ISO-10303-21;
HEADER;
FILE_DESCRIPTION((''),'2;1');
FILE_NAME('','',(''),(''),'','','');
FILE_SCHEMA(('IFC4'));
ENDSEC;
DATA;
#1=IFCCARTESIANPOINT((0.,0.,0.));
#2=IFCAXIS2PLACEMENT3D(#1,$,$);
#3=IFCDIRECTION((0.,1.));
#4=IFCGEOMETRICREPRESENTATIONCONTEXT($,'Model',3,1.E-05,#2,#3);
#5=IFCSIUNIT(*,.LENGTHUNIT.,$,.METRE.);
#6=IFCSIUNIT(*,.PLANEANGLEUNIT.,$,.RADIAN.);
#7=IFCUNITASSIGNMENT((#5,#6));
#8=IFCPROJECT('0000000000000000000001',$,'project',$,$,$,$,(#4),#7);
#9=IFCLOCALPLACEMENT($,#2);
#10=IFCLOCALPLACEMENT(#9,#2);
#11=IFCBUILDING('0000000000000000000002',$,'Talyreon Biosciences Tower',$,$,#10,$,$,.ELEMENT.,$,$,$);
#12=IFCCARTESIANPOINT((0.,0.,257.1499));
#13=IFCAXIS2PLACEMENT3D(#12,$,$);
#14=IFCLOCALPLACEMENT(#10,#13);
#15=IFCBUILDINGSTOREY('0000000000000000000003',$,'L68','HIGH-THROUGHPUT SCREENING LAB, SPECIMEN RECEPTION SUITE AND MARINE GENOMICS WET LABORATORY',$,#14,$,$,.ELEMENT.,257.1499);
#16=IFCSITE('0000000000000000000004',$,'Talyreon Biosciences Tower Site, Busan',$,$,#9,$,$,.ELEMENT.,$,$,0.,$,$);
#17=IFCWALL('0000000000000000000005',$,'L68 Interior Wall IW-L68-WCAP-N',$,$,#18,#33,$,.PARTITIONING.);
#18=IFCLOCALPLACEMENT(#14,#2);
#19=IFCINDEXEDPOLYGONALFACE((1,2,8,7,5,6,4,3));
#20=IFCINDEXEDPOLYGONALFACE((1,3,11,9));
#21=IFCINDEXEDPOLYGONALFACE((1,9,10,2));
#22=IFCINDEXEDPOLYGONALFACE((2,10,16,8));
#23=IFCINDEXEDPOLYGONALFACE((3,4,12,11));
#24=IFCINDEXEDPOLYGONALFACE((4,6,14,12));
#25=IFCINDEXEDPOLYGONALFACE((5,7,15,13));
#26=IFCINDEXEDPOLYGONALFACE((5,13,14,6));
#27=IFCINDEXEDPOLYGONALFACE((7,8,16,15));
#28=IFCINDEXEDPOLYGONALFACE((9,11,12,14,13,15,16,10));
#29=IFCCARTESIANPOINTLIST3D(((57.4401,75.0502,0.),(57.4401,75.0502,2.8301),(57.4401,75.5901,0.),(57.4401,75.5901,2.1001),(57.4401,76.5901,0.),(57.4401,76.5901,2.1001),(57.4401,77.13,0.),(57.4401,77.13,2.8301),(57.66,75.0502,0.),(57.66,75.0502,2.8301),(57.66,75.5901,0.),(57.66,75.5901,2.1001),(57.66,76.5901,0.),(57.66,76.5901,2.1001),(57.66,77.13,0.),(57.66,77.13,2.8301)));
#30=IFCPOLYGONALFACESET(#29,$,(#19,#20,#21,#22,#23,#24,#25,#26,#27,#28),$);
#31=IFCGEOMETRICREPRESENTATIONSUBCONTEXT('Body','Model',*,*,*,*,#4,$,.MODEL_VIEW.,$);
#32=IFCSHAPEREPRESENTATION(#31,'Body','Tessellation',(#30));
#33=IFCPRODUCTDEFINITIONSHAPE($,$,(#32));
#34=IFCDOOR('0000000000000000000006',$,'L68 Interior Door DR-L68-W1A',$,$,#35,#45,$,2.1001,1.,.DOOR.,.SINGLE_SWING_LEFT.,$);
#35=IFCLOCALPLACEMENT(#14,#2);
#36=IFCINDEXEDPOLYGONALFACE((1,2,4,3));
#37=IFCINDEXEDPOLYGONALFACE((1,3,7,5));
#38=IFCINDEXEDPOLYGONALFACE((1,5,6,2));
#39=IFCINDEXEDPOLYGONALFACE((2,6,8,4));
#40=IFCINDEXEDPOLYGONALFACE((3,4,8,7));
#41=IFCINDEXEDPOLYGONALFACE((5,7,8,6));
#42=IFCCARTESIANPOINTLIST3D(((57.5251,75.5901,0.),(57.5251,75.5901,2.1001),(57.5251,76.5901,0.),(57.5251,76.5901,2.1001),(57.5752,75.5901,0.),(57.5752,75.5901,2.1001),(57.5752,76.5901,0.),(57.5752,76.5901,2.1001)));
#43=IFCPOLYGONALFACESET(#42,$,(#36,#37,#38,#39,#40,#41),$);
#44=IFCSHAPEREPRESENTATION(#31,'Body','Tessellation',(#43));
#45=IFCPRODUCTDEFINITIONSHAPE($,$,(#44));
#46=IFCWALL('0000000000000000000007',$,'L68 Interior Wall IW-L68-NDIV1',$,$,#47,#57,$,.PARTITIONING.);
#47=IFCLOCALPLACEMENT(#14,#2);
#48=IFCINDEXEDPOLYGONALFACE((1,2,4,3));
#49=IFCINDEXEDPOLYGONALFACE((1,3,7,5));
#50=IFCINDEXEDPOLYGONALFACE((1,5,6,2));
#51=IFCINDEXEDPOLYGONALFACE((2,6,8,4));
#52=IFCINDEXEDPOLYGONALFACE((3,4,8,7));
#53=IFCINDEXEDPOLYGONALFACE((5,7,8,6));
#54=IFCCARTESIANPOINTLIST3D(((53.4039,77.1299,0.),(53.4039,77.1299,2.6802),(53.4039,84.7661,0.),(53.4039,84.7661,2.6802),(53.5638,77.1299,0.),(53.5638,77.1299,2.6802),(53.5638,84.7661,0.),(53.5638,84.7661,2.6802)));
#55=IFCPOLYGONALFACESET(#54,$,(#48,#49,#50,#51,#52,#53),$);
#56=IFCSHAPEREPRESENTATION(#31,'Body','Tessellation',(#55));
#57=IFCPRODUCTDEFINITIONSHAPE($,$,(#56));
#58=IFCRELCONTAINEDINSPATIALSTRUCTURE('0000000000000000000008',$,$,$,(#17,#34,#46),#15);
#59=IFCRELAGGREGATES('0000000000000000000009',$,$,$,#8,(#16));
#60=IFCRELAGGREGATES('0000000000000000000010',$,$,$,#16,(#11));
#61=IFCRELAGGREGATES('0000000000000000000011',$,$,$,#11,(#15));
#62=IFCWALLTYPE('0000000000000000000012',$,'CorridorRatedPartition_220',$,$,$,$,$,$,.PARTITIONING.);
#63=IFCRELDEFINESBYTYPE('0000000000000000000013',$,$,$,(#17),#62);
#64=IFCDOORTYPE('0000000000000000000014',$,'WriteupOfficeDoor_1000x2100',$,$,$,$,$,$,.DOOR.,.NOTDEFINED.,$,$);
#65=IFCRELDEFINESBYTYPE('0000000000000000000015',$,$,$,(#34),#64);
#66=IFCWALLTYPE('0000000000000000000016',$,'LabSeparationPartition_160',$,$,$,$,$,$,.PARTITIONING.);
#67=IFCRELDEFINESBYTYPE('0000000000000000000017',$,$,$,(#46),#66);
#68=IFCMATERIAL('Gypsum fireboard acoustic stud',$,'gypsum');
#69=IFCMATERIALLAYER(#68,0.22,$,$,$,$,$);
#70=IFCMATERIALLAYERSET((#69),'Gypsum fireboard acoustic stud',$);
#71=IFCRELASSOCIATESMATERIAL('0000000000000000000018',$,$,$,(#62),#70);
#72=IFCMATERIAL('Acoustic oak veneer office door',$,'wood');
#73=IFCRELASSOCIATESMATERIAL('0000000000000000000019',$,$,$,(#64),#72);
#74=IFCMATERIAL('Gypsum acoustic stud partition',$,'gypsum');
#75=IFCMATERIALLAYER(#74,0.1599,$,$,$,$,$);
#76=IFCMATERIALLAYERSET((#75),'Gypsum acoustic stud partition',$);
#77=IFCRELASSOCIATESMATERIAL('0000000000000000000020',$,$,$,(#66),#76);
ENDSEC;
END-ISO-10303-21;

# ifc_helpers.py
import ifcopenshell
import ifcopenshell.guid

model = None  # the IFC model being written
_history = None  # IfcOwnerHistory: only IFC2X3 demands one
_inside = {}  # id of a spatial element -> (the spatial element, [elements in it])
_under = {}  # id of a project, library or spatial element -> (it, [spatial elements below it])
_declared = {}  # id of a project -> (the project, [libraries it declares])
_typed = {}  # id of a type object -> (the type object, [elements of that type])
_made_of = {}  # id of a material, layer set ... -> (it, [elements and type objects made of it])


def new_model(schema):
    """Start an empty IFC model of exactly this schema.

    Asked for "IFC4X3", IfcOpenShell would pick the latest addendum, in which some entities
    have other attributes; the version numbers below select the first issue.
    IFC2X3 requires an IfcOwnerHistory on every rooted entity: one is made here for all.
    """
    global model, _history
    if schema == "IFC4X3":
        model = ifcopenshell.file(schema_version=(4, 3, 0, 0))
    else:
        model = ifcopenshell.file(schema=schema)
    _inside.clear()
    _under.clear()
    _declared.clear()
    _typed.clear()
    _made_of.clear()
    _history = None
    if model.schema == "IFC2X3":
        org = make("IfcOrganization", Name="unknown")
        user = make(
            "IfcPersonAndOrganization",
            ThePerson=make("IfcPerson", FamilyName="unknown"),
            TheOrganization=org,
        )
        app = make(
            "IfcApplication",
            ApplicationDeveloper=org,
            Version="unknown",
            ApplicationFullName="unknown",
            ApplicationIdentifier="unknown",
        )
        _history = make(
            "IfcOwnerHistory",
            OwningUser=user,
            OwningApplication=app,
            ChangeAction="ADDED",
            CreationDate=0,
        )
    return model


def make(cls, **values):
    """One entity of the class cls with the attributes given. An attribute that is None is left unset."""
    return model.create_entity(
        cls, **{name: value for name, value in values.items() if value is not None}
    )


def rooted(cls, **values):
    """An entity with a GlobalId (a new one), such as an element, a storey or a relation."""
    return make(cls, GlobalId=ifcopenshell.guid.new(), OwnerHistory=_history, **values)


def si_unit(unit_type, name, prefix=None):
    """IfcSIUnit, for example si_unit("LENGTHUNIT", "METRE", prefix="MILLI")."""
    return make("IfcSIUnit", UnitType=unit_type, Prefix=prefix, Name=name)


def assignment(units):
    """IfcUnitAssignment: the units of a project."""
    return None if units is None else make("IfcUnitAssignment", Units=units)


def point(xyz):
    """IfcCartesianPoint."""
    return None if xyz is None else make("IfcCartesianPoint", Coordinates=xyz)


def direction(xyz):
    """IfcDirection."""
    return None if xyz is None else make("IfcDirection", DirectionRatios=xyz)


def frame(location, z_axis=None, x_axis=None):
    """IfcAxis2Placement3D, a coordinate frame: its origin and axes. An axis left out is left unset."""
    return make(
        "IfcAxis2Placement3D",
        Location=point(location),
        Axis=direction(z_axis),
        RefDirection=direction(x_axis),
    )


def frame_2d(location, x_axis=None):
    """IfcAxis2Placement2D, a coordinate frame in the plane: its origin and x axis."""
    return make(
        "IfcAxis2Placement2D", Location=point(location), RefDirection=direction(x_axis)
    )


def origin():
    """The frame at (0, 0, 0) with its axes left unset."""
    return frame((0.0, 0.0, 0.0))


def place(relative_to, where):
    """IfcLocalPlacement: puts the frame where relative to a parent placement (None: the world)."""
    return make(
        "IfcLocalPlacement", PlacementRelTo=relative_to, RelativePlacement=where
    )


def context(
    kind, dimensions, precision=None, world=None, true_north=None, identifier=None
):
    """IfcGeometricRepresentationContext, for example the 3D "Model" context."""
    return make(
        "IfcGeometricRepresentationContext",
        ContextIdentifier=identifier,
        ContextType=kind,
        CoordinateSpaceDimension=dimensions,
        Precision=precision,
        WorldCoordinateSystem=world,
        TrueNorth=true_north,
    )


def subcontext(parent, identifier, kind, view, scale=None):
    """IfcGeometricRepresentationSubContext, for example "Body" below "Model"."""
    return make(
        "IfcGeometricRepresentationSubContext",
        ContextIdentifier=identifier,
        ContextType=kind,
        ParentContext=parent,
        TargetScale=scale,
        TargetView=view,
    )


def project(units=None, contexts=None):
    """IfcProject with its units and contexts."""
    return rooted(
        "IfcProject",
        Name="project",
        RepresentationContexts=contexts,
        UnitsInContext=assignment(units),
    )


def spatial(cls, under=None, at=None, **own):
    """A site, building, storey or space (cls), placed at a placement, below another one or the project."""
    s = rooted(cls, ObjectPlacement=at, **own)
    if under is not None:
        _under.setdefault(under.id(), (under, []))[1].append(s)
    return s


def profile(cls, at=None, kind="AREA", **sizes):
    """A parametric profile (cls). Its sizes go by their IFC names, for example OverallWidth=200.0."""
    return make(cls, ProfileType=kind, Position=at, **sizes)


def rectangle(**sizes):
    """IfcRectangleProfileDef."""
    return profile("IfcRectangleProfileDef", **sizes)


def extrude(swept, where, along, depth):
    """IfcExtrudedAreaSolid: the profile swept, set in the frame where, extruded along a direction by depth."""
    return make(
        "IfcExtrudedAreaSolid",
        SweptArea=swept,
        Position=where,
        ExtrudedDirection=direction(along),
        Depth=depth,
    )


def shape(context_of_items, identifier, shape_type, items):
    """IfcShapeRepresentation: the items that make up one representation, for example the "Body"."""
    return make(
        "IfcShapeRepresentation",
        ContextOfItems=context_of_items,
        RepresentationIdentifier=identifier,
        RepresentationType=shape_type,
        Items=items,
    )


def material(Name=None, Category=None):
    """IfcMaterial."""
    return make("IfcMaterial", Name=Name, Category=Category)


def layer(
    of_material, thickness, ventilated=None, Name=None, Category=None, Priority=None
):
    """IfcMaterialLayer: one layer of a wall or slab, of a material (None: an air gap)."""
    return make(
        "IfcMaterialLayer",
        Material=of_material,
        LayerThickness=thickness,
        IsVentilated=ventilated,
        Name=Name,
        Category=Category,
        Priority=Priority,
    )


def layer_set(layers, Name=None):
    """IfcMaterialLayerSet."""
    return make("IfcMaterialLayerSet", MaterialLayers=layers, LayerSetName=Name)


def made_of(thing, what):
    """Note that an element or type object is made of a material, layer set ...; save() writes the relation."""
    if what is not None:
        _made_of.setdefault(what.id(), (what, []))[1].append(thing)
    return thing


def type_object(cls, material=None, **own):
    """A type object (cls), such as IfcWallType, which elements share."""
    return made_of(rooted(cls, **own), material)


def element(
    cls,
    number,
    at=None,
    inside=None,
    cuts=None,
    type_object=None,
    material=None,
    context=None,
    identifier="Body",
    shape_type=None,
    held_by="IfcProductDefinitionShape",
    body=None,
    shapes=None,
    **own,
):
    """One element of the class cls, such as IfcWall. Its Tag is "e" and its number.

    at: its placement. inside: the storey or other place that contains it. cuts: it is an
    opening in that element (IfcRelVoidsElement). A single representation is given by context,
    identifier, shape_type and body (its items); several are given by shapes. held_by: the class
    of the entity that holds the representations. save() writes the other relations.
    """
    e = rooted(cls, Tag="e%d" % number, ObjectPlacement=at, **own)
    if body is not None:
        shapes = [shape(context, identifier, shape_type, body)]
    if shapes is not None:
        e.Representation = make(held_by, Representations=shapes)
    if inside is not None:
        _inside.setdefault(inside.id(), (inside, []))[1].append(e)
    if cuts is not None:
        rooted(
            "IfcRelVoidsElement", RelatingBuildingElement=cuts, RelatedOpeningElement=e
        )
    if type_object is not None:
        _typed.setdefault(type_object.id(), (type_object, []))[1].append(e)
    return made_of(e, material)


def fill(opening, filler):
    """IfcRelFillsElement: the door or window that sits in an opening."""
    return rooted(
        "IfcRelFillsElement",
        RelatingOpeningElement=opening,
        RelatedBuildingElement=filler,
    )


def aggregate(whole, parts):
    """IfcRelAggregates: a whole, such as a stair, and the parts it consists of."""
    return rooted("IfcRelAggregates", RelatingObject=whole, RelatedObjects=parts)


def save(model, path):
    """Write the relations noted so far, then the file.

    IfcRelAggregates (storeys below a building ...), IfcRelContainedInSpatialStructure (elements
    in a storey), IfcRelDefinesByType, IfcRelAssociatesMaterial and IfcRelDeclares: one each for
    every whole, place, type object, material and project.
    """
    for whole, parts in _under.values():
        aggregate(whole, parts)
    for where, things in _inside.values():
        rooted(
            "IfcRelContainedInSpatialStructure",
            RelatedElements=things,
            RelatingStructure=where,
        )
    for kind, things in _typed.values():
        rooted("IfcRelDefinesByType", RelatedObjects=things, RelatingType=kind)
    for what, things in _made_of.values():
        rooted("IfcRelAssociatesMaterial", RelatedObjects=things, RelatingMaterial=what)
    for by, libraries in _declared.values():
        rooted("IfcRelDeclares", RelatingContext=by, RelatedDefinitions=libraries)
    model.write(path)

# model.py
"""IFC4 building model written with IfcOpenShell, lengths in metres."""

from ifc_helpers import new_model, si_unit, direction, frame, frame_2d, origin, place, context, subcontext, project, spatial, rectangle, extrude, material, layer, layer_set, type_object, element, fill, save


model = new_model("IFC4")

# Units and contexts
model_context = context("Model", 3, precision=1e-05, world=origin(), true_north=direction((0.0, 1.0)))
body_context = subcontext(model_context, "Body", "Model", "MODEL_VIEW")
ifc_project = project(units=[si_unit("LENGTHUNIT", "METRE"), si_unit("PLANEANGLEUNIT", "RADIAN")], contexts=[model_context])

# Site, building, storey
site_placement = place(None, origin())
site = spatial("IfcSite", under=ifc_project, at=site_placement, Name="Talyreon Biosciences Tower Site, Busan", CompositionType="ELEMENT", RefElevation=0.0)
building_placement = place(site_placement, origin())
building = spatial("IfcBuilding", under=site, at=building_placement, Name="Talyreon Biosciences Tower", CompositionType="ELEMENT")
storey_placement = place(building_placement, frame((0.0, 0.0, 257.1499)))
storey = spatial("IfcBuildingStorey", under=building, at=storey_placement, Name="L68", Description="HIGH-THROUGHPUT SCREENING LAB, SPECIMEN RECEPTION SUITE AND MARINE GENOMICS WET LABORATORY", CompositionType="ELEMENT", Elevation=257.1499)

# Shared definitions
ifc_material_1 = material(Name="Gypsum fireboard acoustic stud", Category="gypsum")
ifc_layer_1 = layer(ifc_material_1, 0.22)
ifc_layer_set_1 = layer_set([ifc_layer_1], Name="Gypsum fireboard acoustic stud")
wall_type_1 = type_object("IfcWallType", Name="CorridorRatedPartition_220", PredefinedType="PARTITIONING", material=ifc_layer_set_1)
ifc_material_2 = material(Name="Acoustic oak veneer office door", Category="wood")
door_type_1 = type_object("IfcDoorType", Name="WriteupOfficeDoor_1000x2100", OperationType="NOTDEFINED", PredefinedType="DOOR", material=ifc_material_2)

# Wall, opening, door
wall_1_placement = place(storey_placement, frame((57.55, 75.05, 0.0), z_axis=(0.0, 0.0, 1.0), x_axis=(0.0, 1.0, 0.0)))
wall_1 = element("IfcWall", 1, at=wall_1_placement, inside=storey, type_object=wall_type_1, Name="L68 Interior Wall IW-L68-WCAP-N", PredefinedType="PARTITIONING", context=body_context, shape_type="SweptSolid", body=[
    extrude(rectangle(XDim=2.0798, YDim=0.22, at=frame_2d((1.04, 0.0))), origin(), (0.0, 0.0, 1.0), 2.8301),
])
opening_1_placement = place(wall_1_placement, frame((0.54, 0.0, 0.0)))
opening_1 = element("IfcOpeningElement", 2, at=opening_1_placement, cuts=wall_1, PredefinedType="OPENING", context=body_context, shape_type="SweptSolid", body=[
    extrude(rectangle(XDim=1.0, YDim=2.1001, at=frame_2d((0.5, 1.05))), frame((0.0, 0.1199, 0.0), z_axis=(0.0, -1.0, 0.0), x_axis=(1.0, 0.0, 0.0)), (0.0, 0.0, 1.0), 0.24),
])
door_1_placement = place(opening_1_placement, origin())
door_1 = element("IfcDoor", 3, at=door_1_placement, inside=storey, type_object=door_type_1, Name="L68 Interior Door DR-L68-W1A", OperationType="SINGLE_SWING_LEFT", OverallHeight=2.1001, OverallWidth=1.0, PredefinedType="DOOR", context=body_context, shape_type="SweptSolid", body=[
    extrude(rectangle(XDim=1.0, YDim=2.1001, at=frame_2d((0.5, 1.05))), frame((0.0, 0.0249, 0.0), z_axis=(0.0, -1.0, 0.0), x_axis=(1.0, 0.0, 0.0)), (0.0, 0.0, 1.0), 0.05),
])
fill(opening_1, door_1)

# Wall
ifc_material_3 = material(Name="Gypsum acoustic stud partition", Category="gypsum")
ifc_layer_2 = layer(ifc_material_3, 0.1599)
ifc_layer_set_2 = layer_set([ifc_layer_2], Name="Gypsum acoustic stud partition")
wall_type_2 = type_object("IfcWallType", Name="LabSeparationPartition_160", PredefinedType="PARTITIONING", material=ifc_layer_set_2)
wall_2_placement = place(storey_placement, frame((53.4839, 77.1299, 0.0), z_axis=(0.0, 0.0, 1.0), x_axis=(0.0, 1.0, 0.0)))
element("IfcWall", 4, at=wall_2_placement, inside=storey, type_object=wall_type_2, Name="L68 Interior Wall IW-L68-NDIV1", PredefinedType="PARTITIONING", context=body_context, shape_type="SweptSolid", body=[
    extrude(rectangle(XDim=7.6362, YDim=0.1599, at=frame_2d((3.8181, 0.0))), origin(), (0.0, 0.0, 1.0), 2.6802),
])

save(model, "model.ifc")
